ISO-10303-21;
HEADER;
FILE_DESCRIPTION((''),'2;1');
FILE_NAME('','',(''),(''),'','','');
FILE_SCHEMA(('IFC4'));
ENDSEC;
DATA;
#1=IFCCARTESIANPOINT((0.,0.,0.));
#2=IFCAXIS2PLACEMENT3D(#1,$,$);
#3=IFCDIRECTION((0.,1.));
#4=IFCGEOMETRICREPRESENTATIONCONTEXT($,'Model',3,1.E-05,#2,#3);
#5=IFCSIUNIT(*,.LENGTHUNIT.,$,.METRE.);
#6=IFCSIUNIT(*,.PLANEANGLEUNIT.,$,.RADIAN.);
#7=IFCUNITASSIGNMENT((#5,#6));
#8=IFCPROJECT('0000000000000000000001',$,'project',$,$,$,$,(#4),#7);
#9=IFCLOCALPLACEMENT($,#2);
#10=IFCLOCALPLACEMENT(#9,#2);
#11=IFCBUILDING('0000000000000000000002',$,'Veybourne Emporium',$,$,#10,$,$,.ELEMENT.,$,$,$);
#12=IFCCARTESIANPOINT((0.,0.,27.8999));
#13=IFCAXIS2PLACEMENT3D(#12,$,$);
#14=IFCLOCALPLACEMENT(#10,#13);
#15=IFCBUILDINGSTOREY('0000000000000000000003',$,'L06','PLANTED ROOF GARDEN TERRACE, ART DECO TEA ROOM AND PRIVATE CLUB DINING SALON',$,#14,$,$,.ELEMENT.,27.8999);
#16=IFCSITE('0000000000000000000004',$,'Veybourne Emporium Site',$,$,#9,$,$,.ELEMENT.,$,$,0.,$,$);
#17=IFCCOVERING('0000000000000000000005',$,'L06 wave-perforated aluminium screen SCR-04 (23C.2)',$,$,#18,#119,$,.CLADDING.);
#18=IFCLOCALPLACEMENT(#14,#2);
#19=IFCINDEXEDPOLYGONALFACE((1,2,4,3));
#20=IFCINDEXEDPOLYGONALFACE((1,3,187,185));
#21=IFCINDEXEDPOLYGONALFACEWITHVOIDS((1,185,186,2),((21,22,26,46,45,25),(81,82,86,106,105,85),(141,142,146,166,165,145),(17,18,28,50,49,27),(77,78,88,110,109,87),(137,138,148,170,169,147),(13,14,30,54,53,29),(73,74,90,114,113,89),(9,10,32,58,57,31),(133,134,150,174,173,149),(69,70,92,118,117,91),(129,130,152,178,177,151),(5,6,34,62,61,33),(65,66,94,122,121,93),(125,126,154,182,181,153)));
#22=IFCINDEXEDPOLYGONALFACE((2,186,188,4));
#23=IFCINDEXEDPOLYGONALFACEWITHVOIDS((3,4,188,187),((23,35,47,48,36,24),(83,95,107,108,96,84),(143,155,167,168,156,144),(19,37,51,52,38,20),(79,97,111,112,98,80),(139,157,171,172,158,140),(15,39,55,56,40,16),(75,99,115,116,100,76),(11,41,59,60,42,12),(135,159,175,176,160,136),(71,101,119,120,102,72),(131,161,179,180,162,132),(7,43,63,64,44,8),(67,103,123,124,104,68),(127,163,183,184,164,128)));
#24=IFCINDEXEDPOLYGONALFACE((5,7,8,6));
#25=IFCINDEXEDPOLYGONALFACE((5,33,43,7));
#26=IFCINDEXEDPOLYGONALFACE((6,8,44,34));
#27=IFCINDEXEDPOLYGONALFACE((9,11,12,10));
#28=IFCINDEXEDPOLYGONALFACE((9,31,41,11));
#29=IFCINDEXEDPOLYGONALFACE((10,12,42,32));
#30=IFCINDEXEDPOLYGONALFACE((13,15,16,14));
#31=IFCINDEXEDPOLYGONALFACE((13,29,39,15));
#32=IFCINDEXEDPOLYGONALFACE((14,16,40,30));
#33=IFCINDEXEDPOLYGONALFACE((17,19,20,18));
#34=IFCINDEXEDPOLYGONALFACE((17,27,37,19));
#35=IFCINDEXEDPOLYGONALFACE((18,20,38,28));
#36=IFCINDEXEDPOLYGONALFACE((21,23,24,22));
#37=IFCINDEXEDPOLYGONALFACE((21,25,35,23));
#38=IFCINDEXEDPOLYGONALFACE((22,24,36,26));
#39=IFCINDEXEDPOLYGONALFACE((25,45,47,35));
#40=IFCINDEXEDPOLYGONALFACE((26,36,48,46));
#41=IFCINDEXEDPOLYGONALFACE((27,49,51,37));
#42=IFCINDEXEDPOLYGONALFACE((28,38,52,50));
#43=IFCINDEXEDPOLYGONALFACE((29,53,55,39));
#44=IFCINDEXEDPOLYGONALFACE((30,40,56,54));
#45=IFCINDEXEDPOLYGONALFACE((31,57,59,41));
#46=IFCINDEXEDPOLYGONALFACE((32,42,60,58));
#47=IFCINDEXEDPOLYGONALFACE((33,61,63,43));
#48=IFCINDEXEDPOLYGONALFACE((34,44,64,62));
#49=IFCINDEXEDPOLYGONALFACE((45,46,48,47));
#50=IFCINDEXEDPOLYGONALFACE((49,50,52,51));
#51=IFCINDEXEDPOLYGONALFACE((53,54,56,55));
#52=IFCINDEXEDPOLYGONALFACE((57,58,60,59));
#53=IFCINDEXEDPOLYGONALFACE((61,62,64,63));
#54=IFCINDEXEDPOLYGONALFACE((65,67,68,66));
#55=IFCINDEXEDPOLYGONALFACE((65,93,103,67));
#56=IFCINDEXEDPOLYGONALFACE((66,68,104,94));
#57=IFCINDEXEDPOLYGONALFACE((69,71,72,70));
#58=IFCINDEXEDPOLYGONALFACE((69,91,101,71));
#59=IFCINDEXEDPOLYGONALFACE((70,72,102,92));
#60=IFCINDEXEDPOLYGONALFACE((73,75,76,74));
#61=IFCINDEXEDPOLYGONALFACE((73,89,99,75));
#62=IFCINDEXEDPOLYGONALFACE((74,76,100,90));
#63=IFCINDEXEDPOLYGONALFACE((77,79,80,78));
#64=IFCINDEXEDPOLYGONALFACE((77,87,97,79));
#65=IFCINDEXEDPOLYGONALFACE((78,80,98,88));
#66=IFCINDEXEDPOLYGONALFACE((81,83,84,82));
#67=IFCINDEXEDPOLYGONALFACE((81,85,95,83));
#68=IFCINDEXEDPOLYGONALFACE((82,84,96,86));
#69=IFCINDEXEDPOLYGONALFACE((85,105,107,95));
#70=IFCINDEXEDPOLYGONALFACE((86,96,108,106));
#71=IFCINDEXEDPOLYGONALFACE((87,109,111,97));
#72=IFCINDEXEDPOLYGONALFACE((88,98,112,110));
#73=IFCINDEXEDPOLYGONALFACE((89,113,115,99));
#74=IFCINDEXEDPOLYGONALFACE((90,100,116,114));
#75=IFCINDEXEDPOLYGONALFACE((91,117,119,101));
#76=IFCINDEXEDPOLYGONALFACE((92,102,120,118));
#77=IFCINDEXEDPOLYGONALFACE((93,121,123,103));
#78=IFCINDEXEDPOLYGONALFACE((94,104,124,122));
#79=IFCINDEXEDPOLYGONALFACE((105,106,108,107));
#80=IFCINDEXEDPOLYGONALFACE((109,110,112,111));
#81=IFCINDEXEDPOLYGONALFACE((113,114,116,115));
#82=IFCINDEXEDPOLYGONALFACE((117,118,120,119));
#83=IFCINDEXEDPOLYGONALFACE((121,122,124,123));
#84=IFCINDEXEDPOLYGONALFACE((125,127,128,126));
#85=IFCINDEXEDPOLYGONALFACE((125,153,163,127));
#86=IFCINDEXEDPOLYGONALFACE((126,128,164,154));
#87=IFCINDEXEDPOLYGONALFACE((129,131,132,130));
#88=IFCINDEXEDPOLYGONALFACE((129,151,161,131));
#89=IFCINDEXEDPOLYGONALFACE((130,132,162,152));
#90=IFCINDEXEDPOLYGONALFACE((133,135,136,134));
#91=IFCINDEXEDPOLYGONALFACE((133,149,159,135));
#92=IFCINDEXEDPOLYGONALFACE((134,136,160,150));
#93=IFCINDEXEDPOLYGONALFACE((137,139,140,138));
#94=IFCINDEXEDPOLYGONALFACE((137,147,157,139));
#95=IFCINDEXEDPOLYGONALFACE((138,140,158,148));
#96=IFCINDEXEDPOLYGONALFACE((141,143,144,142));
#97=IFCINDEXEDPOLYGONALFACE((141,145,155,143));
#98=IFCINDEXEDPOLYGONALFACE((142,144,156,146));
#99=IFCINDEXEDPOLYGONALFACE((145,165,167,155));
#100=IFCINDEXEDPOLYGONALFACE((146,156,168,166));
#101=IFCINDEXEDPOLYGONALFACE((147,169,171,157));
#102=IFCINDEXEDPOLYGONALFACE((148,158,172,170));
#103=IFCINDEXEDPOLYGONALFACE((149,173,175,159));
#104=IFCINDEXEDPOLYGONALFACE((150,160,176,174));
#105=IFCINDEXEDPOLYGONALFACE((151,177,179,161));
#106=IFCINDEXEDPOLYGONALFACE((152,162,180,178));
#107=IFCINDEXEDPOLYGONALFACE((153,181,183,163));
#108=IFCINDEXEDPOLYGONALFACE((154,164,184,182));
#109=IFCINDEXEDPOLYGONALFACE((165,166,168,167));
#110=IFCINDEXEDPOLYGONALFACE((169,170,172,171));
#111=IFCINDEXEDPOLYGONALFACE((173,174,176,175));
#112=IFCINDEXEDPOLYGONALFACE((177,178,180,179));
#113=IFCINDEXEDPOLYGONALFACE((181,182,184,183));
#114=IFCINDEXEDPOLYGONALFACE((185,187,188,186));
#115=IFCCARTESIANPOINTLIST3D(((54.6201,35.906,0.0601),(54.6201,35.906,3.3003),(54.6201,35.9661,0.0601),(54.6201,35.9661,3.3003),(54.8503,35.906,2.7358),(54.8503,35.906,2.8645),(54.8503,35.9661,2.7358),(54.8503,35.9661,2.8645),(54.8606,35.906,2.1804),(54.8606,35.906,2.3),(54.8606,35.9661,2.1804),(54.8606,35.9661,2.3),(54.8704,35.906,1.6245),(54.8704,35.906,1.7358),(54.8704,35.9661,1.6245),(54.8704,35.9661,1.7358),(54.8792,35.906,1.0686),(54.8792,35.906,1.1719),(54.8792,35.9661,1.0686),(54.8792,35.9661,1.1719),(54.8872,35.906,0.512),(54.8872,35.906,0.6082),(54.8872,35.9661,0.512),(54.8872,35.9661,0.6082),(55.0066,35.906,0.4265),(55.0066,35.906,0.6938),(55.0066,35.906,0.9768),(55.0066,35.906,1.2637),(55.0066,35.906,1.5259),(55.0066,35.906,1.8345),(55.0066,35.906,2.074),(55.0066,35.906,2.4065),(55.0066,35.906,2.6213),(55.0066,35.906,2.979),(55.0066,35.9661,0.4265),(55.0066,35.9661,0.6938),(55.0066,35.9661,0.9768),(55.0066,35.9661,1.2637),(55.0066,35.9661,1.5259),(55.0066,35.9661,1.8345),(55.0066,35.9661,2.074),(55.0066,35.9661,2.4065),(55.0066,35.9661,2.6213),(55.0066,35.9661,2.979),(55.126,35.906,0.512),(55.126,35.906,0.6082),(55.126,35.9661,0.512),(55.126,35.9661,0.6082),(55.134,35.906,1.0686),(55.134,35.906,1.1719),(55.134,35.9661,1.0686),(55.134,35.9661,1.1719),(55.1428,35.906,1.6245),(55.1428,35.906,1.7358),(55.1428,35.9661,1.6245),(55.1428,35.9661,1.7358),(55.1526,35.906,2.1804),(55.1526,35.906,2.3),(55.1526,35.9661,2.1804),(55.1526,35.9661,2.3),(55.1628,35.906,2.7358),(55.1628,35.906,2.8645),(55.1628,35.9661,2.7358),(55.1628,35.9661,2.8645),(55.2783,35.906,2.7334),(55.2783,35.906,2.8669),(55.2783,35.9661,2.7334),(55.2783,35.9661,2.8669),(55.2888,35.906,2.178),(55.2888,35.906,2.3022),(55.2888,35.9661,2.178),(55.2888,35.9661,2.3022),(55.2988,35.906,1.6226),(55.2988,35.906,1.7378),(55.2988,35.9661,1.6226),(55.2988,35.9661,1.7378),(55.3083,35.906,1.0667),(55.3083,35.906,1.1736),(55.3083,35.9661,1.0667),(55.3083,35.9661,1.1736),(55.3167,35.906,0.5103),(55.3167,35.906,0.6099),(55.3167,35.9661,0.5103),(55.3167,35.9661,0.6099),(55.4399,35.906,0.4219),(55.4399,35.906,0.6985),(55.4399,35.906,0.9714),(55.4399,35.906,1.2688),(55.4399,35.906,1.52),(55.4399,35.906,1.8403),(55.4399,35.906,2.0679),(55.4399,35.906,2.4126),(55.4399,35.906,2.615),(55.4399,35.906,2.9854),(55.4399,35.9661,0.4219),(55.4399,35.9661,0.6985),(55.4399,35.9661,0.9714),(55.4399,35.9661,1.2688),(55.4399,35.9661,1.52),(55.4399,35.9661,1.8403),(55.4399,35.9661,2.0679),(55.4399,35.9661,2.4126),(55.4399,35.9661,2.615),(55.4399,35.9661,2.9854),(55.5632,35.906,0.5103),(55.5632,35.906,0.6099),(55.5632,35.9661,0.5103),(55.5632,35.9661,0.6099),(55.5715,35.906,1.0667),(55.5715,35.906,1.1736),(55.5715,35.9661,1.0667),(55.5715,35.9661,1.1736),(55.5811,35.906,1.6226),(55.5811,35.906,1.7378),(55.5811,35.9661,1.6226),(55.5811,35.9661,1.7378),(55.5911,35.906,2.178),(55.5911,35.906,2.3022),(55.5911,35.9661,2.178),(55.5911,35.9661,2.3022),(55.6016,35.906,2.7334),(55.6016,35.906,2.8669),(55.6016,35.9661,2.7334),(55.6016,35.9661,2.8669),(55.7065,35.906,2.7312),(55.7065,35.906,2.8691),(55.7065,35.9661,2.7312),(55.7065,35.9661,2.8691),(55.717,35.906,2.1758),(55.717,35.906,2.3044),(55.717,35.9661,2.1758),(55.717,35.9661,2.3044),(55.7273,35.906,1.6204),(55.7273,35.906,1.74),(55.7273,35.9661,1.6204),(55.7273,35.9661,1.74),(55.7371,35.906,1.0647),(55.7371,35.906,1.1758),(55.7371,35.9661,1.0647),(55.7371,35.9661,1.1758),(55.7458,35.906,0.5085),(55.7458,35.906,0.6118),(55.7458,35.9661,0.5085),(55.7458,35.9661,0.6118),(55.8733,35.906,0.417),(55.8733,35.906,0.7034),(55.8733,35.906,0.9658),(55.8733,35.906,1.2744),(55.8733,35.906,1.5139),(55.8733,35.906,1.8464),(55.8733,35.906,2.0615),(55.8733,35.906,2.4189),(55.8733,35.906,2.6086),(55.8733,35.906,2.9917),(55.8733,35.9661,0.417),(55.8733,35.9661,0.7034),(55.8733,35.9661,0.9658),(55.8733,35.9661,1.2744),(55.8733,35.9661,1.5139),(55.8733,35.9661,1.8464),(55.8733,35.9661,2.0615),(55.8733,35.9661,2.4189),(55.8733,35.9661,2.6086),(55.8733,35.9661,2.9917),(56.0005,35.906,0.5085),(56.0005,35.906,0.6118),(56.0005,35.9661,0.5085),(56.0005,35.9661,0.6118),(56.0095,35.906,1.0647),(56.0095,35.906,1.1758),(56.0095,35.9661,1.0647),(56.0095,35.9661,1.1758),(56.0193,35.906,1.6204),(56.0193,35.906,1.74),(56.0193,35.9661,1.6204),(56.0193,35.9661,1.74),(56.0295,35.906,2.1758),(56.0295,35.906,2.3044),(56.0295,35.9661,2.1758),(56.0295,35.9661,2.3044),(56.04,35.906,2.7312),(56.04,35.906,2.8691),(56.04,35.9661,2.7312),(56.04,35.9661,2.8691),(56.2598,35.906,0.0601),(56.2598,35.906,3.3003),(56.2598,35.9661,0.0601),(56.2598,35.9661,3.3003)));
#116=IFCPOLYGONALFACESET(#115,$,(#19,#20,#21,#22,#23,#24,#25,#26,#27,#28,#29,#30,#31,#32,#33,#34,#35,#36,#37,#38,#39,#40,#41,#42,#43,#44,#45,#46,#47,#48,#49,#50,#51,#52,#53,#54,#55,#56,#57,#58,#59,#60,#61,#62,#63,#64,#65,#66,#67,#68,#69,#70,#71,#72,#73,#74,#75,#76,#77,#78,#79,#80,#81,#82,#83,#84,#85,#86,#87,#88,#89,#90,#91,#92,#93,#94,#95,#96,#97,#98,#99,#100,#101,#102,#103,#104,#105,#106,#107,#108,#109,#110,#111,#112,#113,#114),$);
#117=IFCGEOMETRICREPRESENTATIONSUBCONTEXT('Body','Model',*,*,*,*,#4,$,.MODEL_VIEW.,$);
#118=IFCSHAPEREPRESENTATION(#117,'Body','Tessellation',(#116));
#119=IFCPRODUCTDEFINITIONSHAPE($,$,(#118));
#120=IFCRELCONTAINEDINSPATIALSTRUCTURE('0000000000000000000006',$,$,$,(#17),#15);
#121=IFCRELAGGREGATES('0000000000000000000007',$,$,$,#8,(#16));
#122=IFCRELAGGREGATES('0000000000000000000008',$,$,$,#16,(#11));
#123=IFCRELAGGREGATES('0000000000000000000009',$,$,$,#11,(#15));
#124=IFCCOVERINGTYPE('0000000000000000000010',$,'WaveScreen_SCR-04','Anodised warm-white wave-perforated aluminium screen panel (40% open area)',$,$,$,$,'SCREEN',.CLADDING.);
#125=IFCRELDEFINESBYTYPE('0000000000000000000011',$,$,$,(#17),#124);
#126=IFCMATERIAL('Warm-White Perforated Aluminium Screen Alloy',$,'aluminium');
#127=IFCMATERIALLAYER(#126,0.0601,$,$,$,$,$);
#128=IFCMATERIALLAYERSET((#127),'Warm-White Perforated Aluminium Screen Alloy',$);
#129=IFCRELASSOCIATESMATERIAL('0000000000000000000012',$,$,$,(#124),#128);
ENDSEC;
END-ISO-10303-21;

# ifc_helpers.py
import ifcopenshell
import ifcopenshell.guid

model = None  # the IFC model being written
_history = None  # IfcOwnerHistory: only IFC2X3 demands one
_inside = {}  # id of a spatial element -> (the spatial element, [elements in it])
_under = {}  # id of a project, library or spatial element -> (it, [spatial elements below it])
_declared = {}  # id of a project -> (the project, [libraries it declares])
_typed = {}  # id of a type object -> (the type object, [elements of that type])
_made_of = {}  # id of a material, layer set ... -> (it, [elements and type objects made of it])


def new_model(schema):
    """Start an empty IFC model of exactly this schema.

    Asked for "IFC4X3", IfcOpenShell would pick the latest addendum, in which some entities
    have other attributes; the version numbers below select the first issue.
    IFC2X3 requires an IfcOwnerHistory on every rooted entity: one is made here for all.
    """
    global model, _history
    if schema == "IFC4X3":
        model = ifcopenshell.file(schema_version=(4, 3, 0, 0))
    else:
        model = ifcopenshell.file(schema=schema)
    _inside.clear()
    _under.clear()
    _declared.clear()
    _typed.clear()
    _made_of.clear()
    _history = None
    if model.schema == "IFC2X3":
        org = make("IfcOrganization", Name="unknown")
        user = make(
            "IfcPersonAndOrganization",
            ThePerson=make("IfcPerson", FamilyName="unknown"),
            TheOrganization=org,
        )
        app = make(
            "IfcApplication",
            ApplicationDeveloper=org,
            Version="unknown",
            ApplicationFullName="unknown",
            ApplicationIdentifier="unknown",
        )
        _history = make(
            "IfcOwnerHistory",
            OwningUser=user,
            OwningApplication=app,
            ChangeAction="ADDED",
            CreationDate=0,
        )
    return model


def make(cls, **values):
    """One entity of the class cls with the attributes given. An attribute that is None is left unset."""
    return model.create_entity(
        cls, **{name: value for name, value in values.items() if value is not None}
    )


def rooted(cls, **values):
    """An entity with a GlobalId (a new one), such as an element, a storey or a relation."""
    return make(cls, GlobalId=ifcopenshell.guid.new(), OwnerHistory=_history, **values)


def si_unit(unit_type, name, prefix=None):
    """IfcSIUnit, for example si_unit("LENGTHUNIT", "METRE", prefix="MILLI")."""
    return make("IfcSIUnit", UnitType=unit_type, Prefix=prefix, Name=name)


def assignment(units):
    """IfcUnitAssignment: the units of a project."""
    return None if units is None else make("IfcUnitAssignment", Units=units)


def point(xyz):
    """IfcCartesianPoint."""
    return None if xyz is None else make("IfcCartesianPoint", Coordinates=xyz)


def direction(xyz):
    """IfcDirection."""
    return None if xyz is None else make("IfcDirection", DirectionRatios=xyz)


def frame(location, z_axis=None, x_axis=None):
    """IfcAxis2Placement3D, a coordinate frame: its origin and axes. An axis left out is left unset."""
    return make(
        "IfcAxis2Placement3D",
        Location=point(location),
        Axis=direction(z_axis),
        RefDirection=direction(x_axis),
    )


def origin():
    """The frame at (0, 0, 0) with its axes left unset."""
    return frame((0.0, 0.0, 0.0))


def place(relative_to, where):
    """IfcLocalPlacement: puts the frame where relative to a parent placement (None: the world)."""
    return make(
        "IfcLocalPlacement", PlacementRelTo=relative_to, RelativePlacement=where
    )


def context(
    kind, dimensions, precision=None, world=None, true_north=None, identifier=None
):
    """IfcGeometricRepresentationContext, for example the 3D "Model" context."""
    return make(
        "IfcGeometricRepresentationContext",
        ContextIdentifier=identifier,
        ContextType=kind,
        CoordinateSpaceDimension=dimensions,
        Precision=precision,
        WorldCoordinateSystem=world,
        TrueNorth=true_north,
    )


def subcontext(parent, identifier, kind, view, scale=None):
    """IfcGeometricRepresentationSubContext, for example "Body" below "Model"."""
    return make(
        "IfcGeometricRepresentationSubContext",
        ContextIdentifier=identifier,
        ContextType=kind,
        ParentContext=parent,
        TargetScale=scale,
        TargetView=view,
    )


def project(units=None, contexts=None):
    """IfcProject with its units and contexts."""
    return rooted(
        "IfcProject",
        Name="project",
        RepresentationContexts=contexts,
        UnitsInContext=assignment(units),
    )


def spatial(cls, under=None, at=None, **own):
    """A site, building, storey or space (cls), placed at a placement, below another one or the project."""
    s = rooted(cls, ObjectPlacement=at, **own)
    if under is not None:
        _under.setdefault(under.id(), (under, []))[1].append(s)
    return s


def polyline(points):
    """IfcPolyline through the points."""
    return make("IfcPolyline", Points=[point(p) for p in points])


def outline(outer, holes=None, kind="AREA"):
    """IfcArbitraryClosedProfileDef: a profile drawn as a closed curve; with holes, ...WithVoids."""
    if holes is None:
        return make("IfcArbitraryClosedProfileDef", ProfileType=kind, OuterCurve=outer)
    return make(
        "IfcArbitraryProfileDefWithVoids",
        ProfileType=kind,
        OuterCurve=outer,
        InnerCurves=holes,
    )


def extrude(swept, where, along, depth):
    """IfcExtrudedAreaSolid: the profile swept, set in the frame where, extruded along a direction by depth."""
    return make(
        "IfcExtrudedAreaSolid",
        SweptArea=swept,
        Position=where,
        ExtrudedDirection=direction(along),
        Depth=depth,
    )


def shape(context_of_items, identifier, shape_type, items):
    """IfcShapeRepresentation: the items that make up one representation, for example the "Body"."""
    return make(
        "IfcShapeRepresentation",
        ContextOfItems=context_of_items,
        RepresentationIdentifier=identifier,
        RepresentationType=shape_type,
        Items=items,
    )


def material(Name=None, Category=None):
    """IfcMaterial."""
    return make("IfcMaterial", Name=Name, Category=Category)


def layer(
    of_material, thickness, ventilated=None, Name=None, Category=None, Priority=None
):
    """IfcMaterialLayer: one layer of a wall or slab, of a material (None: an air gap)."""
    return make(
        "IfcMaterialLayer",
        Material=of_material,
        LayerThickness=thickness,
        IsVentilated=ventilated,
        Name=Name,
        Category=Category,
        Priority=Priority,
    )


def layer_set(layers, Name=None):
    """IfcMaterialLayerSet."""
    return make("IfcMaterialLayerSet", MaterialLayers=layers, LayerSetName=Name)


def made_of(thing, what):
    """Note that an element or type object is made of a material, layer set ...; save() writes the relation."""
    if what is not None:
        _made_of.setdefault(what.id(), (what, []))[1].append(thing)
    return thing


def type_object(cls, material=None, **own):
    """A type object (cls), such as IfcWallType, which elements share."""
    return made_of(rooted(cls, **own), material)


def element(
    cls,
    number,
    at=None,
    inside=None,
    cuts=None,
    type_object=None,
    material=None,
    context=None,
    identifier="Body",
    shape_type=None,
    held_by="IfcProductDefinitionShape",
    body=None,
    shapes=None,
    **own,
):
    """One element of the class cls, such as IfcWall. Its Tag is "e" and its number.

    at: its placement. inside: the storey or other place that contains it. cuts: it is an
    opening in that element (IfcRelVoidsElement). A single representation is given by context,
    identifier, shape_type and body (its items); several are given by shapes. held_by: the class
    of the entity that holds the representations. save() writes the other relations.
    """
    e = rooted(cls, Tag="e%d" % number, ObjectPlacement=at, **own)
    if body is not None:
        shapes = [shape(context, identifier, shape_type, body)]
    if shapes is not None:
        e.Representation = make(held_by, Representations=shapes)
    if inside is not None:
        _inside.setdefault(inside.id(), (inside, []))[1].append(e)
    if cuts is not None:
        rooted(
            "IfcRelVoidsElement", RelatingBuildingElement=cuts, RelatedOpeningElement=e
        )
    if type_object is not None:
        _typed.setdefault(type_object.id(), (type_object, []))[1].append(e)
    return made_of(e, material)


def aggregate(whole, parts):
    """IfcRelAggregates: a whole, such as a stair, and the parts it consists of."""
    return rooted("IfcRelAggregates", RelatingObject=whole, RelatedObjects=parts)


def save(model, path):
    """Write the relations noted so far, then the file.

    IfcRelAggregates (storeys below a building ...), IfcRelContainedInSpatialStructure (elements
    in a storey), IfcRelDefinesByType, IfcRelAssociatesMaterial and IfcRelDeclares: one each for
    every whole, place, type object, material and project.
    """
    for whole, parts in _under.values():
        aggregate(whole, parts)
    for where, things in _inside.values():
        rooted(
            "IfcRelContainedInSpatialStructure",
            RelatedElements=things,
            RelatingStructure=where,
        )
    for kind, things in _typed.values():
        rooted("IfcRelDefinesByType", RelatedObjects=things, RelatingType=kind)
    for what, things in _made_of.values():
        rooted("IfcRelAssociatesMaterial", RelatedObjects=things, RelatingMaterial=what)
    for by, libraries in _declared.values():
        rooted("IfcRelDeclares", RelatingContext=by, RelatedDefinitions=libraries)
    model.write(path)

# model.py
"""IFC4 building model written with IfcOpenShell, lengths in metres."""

from ifc_helpers import new_model, si_unit, direction, frame, origin, place, context, subcontext, project, spatial, polyline, outline, extrude, material, layer, layer_set, type_object, element, save


model = new_model("IFC4")

# Units and contexts
model_context = context("Model", 3, precision=1e-05, world=origin(), true_north=direction((0.0, 1.0)))
body_context = subcontext(model_context, "Body", "Model", "MODEL_VIEW")
ifc_project = project(units=[si_unit("LENGTHUNIT", "METRE"), si_unit("PLANEANGLEUNIT", "RADIAN")], contexts=[model_context])

# Site, building, storey
site_placement = place(None, origin())
site = spatial("IfcSite", under=ifc_project, at=site_placement, Name="Veybourne Emporium Site", CompositionType="ELEMENT", RefElevation=0.0)
building_placement = place(site_placement, origin())
building = spatial("IfcBuilding", under=site, at=building_placement, Name="Veybourne Emporium", CompositionType="ELEMENT")
storey_placement = place(building_placement, frame((0.0, 0.0, 27.8999)))
storey = spatial("IfcBuildingStorey", under=building, at=storey_placement, Name="L06", Description="PLANTED ROOF GARDEN TERRACE, ART DECO TEA ROOM AND PRIVATE CLUB DINING SALON", CompositionType="ELEMENT", Elevation=27.8999)

# Covering
ifc_material_1 = material(Name="Warm-White Perforated Aluminium Screen Alloy", Category="aluminium")
ifc_layer_1 = layer(ifc_material_1, 0.0601)
ifc_layer_set_1 = layer_set([ifc_layer_1], Name="Warm-White Perforated Aluminium Screen Alloy")
covering_type_1 = type_object("IfcCoveringType", Name="WaveScreen_SCR-04", Description="Anodised warm-white wave-perforated aluminium screen panel (40% open area)", ElementType="SCREEN", PredefinedType="CLADDING", material=ifc_layer_set_1)
covering_1_placement = place(storey_placement, frame((55.4399, 35.906, 1.6802), z_axis=(0.0, 1.0, 0.0), x_axis=(-1.0, 0.0, 0.0)))
element("IfcCovering", 1, at=covering_1_placement, inside=storey, type_object=covering_type_1, Name="L06 wave-perforated aluminium screen SCR-04 (23C.2)", PredefinedType="CLADDING", context=body_context, shape_type="SweptSolid", body=[
    extrude(outline(polyline([(-0.8198, -1.6201), (0.8198, -1.6201), (0.8198, 1.6201), (-0.8198, 1.6201), (-0.8198, -1.6201)]), holes=[polyline([(-0.4333, -0.9768), (-0.3059, -1.0684), (-0.3059, -1.1716), (-0.4333, -1.2632), (-0.5605, -1.1716), (-0.5605, -1.0684), (-0.4333, -0.9768)]), polyline([(-0.4333, -0.4058), (-0.2971, -0.5044), (-0.2971, -0.6155), (-0.4333, -0.7144), (-0.5696, -0.6155), (-0.5696, -0.5044), (-0.4333, -0.4058)]), polyline([(-0.4333, 0.1663), (-0.2874, 0.0598), (-0.2874, -0.0598), (-0.4333, -0.1663), (-0.5793, -0.0598), (-0.5793, 0.0598), (-0.4333, 0.1663)]), polyline([(-0.4333, 0.7388), (-0.2771, 0.6243), (-0.2771, 0.4956), (-0.4333, 0.3813), (-0.5896, 0.4956), (-0.5896, 0.6243), (-0.4333, 0.7388)]), polyline([(-0.4333, 1.3115), (-0.2666, 1.189), (-0.2666, 1.051), (-0.4333, 0.9285), (-0.6001, 1.051), (-0.6001, 1.189), (-0.4333, 1.3115)]), polyline([(0.0, -0.9817), (0.1233, -1.0703), (0.1233, -1.1699), (0.0, -1.2583), (-0.1233, -1.1699), (-0.1233, -1.0703), (0.0, -0.9817)]), polyline([(0.0, -0.4114), (0.1316, -0.5066), (0.1316, -0.6135), (0.0, -0.7087), (-0.1316, -0.6135), (-0.1316, -0.5066), (0.0, -0.4114)]), polyline([(0.0, 0.1602), (0.1411, 0.0576), (0.1411, -0.0576), (0.0, -0.1602), (-0.1411, -0.0576), (-0.1411, 0.0576), (0.0, 0.1602)]), polyline([(0.0, 0.7324), (0.1511, 0.6221), (0.1511, 0.4978), (0.0, 0.3877), (-0.1511, 0.4978), (-0.1511, 0.6221), (0.0, 0.7324)]), polyline([(0.0, 1.3052), (0.1616, 1.1868), (0.1616, 1.0532), (0.0, 0.9348), (-0.1616, 1.0532), (-0.1616, 1.1868), (0.0, 1.3052)]), polyline([(0.4333, -0.9863), (0.5527, -1.072), (0.5527, -1.1682), (0.4333, -1.2537), (0.314, -1.1682), (0.314, -1.072), (0.4333, -0.9863)]), polyline([(0.4333, -0.4165), (0.5608, -0.5083), (0.5608, -0.6116), (0.4333, -0.7034), (0.3059, -0.6116), (0.3059, -0.5083), (0.4333, -0.4165)]), polyline([(0.4333, 0.1543), (0.5696, 0.0557), (0.5696, -0.0557), (0.4333, -0.1543), (0.2971, -0.0557), (0.2971, 0.0557), (0.4333, 0.1543)]), polyline([(0.4333, 0.7263), (0.5793, 0.6199), (0.5793, 0.5002), (0.4333, 0.3938), (0.2874, 0.5002), (0.2874, 0.6199), (0.4333, 0.7263)]), polyline([(0.4333, 1.2988), (0.5896, 1.1843), (0.5896, 1.0557), (0.4333, 0.9412), (0.2771, 1.0557), (0.2771, 1.1843), (0.4333, 1.2988)])]), origin(), (0.0, 0.0, 1.0), 0.0601),
])

save(model, "model.ifc")
